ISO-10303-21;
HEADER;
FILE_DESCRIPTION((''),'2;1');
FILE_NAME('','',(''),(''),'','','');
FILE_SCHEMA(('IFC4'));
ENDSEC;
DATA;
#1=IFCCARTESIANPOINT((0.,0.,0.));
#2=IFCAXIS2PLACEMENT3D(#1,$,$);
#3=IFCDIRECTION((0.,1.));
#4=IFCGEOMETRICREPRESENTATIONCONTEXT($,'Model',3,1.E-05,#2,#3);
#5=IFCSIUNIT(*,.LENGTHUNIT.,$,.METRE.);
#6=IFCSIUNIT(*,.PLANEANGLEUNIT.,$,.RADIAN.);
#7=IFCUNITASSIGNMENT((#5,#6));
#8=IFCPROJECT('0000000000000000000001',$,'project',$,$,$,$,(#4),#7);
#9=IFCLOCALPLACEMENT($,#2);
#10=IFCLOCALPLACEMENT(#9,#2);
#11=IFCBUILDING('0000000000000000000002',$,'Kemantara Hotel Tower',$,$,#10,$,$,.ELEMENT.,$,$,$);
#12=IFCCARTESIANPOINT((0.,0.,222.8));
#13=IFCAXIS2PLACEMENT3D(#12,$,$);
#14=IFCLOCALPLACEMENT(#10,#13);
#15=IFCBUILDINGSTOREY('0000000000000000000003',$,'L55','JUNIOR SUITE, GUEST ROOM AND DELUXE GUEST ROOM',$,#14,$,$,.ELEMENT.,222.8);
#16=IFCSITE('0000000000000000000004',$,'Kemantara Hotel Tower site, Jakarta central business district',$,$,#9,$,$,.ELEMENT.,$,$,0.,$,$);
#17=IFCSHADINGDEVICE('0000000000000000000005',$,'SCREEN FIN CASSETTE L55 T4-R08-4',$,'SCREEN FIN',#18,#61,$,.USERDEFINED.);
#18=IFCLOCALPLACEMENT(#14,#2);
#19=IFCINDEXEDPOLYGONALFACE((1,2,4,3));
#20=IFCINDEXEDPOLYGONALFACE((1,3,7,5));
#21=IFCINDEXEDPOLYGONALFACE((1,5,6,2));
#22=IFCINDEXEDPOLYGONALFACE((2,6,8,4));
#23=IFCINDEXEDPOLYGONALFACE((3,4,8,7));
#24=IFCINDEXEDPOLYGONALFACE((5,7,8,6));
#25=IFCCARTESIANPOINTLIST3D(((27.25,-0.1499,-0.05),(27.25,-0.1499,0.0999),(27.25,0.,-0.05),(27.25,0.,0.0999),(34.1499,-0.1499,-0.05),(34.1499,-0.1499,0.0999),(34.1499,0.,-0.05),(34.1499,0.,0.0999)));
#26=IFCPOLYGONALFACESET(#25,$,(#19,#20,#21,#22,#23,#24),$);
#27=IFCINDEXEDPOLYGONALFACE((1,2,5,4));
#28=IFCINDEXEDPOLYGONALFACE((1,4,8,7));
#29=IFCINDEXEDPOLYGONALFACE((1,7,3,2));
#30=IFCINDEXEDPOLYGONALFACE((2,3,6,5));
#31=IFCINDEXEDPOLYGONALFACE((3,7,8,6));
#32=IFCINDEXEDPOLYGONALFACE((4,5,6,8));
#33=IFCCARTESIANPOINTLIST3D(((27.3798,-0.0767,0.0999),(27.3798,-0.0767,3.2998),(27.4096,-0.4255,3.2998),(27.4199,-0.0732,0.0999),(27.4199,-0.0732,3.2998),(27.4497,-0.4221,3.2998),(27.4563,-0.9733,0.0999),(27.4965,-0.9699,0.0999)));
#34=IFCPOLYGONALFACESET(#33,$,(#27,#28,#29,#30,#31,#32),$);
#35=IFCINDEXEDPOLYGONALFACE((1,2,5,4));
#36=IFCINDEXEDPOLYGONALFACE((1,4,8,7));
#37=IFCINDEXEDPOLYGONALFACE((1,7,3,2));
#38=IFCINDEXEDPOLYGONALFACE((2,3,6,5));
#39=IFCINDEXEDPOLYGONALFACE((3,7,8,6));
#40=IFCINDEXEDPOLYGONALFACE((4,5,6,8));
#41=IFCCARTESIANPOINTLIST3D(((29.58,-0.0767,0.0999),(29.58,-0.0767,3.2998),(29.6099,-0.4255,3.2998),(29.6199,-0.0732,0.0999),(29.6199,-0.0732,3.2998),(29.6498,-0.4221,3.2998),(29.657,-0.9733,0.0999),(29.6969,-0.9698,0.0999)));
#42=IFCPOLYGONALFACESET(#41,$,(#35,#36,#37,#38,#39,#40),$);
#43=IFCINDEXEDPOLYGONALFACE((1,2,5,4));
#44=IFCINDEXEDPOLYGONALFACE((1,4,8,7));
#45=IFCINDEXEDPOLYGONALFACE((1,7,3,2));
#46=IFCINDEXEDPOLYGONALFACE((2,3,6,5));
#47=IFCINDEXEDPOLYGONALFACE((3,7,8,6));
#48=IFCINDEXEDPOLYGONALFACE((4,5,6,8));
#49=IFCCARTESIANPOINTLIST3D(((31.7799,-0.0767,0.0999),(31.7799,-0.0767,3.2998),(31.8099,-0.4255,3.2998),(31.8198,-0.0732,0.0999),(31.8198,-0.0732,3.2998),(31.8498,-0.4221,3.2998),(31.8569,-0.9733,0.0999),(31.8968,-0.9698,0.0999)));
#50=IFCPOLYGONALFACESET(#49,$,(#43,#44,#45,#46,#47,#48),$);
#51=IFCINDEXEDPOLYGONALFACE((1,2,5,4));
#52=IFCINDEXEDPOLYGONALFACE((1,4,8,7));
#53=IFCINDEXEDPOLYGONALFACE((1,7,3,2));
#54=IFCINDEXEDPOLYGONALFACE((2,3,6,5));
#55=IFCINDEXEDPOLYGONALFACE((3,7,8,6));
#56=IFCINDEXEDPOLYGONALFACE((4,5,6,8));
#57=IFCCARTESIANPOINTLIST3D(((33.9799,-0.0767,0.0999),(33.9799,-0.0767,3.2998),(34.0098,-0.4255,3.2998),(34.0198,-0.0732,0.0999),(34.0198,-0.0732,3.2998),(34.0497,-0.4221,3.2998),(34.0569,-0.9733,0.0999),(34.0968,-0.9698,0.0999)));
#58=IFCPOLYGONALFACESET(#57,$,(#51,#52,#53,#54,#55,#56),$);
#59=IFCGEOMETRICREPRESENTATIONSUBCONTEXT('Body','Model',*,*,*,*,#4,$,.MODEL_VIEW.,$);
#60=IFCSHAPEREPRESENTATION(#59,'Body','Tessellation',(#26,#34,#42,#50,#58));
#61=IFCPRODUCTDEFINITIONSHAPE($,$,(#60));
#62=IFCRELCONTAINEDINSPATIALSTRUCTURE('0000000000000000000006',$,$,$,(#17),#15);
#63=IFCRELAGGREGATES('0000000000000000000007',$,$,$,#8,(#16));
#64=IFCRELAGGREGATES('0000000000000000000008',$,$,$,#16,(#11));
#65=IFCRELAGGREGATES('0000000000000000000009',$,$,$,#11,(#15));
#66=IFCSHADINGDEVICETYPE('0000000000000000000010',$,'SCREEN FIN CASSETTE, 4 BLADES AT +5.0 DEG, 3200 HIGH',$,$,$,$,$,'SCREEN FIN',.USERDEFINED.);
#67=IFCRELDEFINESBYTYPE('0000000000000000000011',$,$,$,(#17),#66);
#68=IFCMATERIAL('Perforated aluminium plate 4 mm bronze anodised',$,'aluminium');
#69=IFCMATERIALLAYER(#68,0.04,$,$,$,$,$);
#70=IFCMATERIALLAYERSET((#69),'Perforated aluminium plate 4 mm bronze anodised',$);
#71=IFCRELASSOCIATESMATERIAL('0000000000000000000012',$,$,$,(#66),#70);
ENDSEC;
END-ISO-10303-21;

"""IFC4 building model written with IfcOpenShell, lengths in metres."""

from ifc_helpers import new_model, si_unit, direction, frame, origin, origin_2d, place, context, subcontext, project, spatial, polyline, rectangle, outline, extrude, source, transform, mapped, material, layer, layer_set, type_object, element, save


model = new_model("IFC4")

# Units and contexts
model_context = context("Model", 3, precision=1e-05, world=origin(), true_north=direction((0.0, 1.0)))
body_context = subcontext(model_context, "Body", "Model", "MODEL_VIEW")
ifc_project = project(units=[si_unit("LENGTHUNIT", "METRE"), si_unit("PLANEANGLEUNIT", "RADIAN")], contexts=[model_context])

# Site, building, storey
site_placement = place(None, origin())
site = spatial("IfcSite", under=ifc_project, at=site_placement, Name="Kemantara Hotel Tower site, Jakarta central business district", CompositionType="ELEMENT", RefElevation=0.0)
building_placement = place(site_placement, origin())
building = spatial("IfcBuilding", under=site, at=building_placement, Name="Kemantara Hotel Tower", CompositionType="ELEMENT")
storey_placement = place(building_placement, frame((0.0, 0.0, 222.8)))
storey = spatial("IfcBuildingStorey", under=building, at=storey_placement, Name="L55", Description="JUNIOR SUITE, GUEST ROOM AND DELUXE GUEST ROOM", CompositionType="ELEMENT", Elevation=222.8)

# Shading device
ifc_material_1 = material(Name="Perforated aluminium plate 4 mm bronze anodised", Category="aluminium")
ifc_layer_1 = layer(ifc_material_1, 0.04)
ifc_layer_set_1 = layer_set([ifc_layer_1], Name="Perforated aluminium plate 4 mm bronze anodised")
shading_device_type_1 = type_object("IfcShadingDeviceType", Name="SCREEN FIN CASSETTE, 4 BLADES AT +5.0 DEG, 3200 HIGH", ElementType="SCREEN FIN", PredefinedType="USERDEFINED", material=ifc_layer_set_1)
shared_shape_1 = source(origin(), body_context, "Body", "SweptSolid", [
    extrude(rectangle(XDim=6.8999, YDim=0.1499, at=origin_2d()), frame((3.3, -0.075, -0.1499), z_axis=(0.0, 0.0, 1.0), x_axis=(1.0, 0.0, 0.0)), (0.0, 0.0, 1.0), 0.1499),
    extrude(outline(polyline([(0.0, 0.0), (0.8999, 0.0), (0.3501, 3.2), (0.0, 3.2), (0.0, 0.0)])), frame((0.02, -0.0732, 0.0), z_axis=(-0.996376, -0.085056, 0.0), x_axis=(0.085056, -0.996376, 0.0)), (0.0, 0.0, 1.0), 0.0403),
    extrude(outline(polyline([(0.0, 0.0), (0.8999, 0.0), (0.3501, 3.2), (0.0, 3.2), (0.0, 0.0)])), frame((2.22, -0.0732, 0.0), z_axis=(-0.996332, -0.085575, 0.0), x_axis=(0.085575, -0.996332, 0.0)), (0.0, 0.0, 1.0), 0.04),
    extrude(outline(polyline([(0.0, 0.0), (0.8999, 0.0), (0.3501, 3.2), (0.0, 3.2), (0.0, 0.0)])), frame((4.4199, -0.0732, 0.0), z_axis=(-0.996332, -0.085575, 0.0), x_axis=(0.085575, -0.996332, 0.0)), (0.0, 0.0, 1.0), 0.04),
    extrude(outline(polyline([(0.0, 0.0), (0.8999, 0.0), (0.3501, 3.2), (0.0, 3.2), (0.0, 0.0)])), frame((6.6199, -0.0732, 0.0), z_axis=(-0.996332, -0.085575, 0.0), x_axis=(0.085575, -0.996332, 0.0)), (0.0, 0.0, 1.0), 0.04),
])
shading_device_1_placement = place(storey_placement, frame((27.3999, 0.0, 0.0999), z_axis=(0.0, 0.0, 1.0), x_axis=(1.0, 0.0, 0.0)))
element("IfcShadingDevice", 1, at=shading_device_1_placement, inside=storey, type_object=shading_device_type_1, Name="SCREEN FIN CASSETTE L55 T4-R08-4", ObjectType="SCREEN FIN", PredefinedType="USERDEFINED", context=body_context, shape_type="MappedRepresentation", body=[
    mapped(shared_shape_1, transform((0.0, 0.0, 0.0))),
])

save(model, "model.ifc")
